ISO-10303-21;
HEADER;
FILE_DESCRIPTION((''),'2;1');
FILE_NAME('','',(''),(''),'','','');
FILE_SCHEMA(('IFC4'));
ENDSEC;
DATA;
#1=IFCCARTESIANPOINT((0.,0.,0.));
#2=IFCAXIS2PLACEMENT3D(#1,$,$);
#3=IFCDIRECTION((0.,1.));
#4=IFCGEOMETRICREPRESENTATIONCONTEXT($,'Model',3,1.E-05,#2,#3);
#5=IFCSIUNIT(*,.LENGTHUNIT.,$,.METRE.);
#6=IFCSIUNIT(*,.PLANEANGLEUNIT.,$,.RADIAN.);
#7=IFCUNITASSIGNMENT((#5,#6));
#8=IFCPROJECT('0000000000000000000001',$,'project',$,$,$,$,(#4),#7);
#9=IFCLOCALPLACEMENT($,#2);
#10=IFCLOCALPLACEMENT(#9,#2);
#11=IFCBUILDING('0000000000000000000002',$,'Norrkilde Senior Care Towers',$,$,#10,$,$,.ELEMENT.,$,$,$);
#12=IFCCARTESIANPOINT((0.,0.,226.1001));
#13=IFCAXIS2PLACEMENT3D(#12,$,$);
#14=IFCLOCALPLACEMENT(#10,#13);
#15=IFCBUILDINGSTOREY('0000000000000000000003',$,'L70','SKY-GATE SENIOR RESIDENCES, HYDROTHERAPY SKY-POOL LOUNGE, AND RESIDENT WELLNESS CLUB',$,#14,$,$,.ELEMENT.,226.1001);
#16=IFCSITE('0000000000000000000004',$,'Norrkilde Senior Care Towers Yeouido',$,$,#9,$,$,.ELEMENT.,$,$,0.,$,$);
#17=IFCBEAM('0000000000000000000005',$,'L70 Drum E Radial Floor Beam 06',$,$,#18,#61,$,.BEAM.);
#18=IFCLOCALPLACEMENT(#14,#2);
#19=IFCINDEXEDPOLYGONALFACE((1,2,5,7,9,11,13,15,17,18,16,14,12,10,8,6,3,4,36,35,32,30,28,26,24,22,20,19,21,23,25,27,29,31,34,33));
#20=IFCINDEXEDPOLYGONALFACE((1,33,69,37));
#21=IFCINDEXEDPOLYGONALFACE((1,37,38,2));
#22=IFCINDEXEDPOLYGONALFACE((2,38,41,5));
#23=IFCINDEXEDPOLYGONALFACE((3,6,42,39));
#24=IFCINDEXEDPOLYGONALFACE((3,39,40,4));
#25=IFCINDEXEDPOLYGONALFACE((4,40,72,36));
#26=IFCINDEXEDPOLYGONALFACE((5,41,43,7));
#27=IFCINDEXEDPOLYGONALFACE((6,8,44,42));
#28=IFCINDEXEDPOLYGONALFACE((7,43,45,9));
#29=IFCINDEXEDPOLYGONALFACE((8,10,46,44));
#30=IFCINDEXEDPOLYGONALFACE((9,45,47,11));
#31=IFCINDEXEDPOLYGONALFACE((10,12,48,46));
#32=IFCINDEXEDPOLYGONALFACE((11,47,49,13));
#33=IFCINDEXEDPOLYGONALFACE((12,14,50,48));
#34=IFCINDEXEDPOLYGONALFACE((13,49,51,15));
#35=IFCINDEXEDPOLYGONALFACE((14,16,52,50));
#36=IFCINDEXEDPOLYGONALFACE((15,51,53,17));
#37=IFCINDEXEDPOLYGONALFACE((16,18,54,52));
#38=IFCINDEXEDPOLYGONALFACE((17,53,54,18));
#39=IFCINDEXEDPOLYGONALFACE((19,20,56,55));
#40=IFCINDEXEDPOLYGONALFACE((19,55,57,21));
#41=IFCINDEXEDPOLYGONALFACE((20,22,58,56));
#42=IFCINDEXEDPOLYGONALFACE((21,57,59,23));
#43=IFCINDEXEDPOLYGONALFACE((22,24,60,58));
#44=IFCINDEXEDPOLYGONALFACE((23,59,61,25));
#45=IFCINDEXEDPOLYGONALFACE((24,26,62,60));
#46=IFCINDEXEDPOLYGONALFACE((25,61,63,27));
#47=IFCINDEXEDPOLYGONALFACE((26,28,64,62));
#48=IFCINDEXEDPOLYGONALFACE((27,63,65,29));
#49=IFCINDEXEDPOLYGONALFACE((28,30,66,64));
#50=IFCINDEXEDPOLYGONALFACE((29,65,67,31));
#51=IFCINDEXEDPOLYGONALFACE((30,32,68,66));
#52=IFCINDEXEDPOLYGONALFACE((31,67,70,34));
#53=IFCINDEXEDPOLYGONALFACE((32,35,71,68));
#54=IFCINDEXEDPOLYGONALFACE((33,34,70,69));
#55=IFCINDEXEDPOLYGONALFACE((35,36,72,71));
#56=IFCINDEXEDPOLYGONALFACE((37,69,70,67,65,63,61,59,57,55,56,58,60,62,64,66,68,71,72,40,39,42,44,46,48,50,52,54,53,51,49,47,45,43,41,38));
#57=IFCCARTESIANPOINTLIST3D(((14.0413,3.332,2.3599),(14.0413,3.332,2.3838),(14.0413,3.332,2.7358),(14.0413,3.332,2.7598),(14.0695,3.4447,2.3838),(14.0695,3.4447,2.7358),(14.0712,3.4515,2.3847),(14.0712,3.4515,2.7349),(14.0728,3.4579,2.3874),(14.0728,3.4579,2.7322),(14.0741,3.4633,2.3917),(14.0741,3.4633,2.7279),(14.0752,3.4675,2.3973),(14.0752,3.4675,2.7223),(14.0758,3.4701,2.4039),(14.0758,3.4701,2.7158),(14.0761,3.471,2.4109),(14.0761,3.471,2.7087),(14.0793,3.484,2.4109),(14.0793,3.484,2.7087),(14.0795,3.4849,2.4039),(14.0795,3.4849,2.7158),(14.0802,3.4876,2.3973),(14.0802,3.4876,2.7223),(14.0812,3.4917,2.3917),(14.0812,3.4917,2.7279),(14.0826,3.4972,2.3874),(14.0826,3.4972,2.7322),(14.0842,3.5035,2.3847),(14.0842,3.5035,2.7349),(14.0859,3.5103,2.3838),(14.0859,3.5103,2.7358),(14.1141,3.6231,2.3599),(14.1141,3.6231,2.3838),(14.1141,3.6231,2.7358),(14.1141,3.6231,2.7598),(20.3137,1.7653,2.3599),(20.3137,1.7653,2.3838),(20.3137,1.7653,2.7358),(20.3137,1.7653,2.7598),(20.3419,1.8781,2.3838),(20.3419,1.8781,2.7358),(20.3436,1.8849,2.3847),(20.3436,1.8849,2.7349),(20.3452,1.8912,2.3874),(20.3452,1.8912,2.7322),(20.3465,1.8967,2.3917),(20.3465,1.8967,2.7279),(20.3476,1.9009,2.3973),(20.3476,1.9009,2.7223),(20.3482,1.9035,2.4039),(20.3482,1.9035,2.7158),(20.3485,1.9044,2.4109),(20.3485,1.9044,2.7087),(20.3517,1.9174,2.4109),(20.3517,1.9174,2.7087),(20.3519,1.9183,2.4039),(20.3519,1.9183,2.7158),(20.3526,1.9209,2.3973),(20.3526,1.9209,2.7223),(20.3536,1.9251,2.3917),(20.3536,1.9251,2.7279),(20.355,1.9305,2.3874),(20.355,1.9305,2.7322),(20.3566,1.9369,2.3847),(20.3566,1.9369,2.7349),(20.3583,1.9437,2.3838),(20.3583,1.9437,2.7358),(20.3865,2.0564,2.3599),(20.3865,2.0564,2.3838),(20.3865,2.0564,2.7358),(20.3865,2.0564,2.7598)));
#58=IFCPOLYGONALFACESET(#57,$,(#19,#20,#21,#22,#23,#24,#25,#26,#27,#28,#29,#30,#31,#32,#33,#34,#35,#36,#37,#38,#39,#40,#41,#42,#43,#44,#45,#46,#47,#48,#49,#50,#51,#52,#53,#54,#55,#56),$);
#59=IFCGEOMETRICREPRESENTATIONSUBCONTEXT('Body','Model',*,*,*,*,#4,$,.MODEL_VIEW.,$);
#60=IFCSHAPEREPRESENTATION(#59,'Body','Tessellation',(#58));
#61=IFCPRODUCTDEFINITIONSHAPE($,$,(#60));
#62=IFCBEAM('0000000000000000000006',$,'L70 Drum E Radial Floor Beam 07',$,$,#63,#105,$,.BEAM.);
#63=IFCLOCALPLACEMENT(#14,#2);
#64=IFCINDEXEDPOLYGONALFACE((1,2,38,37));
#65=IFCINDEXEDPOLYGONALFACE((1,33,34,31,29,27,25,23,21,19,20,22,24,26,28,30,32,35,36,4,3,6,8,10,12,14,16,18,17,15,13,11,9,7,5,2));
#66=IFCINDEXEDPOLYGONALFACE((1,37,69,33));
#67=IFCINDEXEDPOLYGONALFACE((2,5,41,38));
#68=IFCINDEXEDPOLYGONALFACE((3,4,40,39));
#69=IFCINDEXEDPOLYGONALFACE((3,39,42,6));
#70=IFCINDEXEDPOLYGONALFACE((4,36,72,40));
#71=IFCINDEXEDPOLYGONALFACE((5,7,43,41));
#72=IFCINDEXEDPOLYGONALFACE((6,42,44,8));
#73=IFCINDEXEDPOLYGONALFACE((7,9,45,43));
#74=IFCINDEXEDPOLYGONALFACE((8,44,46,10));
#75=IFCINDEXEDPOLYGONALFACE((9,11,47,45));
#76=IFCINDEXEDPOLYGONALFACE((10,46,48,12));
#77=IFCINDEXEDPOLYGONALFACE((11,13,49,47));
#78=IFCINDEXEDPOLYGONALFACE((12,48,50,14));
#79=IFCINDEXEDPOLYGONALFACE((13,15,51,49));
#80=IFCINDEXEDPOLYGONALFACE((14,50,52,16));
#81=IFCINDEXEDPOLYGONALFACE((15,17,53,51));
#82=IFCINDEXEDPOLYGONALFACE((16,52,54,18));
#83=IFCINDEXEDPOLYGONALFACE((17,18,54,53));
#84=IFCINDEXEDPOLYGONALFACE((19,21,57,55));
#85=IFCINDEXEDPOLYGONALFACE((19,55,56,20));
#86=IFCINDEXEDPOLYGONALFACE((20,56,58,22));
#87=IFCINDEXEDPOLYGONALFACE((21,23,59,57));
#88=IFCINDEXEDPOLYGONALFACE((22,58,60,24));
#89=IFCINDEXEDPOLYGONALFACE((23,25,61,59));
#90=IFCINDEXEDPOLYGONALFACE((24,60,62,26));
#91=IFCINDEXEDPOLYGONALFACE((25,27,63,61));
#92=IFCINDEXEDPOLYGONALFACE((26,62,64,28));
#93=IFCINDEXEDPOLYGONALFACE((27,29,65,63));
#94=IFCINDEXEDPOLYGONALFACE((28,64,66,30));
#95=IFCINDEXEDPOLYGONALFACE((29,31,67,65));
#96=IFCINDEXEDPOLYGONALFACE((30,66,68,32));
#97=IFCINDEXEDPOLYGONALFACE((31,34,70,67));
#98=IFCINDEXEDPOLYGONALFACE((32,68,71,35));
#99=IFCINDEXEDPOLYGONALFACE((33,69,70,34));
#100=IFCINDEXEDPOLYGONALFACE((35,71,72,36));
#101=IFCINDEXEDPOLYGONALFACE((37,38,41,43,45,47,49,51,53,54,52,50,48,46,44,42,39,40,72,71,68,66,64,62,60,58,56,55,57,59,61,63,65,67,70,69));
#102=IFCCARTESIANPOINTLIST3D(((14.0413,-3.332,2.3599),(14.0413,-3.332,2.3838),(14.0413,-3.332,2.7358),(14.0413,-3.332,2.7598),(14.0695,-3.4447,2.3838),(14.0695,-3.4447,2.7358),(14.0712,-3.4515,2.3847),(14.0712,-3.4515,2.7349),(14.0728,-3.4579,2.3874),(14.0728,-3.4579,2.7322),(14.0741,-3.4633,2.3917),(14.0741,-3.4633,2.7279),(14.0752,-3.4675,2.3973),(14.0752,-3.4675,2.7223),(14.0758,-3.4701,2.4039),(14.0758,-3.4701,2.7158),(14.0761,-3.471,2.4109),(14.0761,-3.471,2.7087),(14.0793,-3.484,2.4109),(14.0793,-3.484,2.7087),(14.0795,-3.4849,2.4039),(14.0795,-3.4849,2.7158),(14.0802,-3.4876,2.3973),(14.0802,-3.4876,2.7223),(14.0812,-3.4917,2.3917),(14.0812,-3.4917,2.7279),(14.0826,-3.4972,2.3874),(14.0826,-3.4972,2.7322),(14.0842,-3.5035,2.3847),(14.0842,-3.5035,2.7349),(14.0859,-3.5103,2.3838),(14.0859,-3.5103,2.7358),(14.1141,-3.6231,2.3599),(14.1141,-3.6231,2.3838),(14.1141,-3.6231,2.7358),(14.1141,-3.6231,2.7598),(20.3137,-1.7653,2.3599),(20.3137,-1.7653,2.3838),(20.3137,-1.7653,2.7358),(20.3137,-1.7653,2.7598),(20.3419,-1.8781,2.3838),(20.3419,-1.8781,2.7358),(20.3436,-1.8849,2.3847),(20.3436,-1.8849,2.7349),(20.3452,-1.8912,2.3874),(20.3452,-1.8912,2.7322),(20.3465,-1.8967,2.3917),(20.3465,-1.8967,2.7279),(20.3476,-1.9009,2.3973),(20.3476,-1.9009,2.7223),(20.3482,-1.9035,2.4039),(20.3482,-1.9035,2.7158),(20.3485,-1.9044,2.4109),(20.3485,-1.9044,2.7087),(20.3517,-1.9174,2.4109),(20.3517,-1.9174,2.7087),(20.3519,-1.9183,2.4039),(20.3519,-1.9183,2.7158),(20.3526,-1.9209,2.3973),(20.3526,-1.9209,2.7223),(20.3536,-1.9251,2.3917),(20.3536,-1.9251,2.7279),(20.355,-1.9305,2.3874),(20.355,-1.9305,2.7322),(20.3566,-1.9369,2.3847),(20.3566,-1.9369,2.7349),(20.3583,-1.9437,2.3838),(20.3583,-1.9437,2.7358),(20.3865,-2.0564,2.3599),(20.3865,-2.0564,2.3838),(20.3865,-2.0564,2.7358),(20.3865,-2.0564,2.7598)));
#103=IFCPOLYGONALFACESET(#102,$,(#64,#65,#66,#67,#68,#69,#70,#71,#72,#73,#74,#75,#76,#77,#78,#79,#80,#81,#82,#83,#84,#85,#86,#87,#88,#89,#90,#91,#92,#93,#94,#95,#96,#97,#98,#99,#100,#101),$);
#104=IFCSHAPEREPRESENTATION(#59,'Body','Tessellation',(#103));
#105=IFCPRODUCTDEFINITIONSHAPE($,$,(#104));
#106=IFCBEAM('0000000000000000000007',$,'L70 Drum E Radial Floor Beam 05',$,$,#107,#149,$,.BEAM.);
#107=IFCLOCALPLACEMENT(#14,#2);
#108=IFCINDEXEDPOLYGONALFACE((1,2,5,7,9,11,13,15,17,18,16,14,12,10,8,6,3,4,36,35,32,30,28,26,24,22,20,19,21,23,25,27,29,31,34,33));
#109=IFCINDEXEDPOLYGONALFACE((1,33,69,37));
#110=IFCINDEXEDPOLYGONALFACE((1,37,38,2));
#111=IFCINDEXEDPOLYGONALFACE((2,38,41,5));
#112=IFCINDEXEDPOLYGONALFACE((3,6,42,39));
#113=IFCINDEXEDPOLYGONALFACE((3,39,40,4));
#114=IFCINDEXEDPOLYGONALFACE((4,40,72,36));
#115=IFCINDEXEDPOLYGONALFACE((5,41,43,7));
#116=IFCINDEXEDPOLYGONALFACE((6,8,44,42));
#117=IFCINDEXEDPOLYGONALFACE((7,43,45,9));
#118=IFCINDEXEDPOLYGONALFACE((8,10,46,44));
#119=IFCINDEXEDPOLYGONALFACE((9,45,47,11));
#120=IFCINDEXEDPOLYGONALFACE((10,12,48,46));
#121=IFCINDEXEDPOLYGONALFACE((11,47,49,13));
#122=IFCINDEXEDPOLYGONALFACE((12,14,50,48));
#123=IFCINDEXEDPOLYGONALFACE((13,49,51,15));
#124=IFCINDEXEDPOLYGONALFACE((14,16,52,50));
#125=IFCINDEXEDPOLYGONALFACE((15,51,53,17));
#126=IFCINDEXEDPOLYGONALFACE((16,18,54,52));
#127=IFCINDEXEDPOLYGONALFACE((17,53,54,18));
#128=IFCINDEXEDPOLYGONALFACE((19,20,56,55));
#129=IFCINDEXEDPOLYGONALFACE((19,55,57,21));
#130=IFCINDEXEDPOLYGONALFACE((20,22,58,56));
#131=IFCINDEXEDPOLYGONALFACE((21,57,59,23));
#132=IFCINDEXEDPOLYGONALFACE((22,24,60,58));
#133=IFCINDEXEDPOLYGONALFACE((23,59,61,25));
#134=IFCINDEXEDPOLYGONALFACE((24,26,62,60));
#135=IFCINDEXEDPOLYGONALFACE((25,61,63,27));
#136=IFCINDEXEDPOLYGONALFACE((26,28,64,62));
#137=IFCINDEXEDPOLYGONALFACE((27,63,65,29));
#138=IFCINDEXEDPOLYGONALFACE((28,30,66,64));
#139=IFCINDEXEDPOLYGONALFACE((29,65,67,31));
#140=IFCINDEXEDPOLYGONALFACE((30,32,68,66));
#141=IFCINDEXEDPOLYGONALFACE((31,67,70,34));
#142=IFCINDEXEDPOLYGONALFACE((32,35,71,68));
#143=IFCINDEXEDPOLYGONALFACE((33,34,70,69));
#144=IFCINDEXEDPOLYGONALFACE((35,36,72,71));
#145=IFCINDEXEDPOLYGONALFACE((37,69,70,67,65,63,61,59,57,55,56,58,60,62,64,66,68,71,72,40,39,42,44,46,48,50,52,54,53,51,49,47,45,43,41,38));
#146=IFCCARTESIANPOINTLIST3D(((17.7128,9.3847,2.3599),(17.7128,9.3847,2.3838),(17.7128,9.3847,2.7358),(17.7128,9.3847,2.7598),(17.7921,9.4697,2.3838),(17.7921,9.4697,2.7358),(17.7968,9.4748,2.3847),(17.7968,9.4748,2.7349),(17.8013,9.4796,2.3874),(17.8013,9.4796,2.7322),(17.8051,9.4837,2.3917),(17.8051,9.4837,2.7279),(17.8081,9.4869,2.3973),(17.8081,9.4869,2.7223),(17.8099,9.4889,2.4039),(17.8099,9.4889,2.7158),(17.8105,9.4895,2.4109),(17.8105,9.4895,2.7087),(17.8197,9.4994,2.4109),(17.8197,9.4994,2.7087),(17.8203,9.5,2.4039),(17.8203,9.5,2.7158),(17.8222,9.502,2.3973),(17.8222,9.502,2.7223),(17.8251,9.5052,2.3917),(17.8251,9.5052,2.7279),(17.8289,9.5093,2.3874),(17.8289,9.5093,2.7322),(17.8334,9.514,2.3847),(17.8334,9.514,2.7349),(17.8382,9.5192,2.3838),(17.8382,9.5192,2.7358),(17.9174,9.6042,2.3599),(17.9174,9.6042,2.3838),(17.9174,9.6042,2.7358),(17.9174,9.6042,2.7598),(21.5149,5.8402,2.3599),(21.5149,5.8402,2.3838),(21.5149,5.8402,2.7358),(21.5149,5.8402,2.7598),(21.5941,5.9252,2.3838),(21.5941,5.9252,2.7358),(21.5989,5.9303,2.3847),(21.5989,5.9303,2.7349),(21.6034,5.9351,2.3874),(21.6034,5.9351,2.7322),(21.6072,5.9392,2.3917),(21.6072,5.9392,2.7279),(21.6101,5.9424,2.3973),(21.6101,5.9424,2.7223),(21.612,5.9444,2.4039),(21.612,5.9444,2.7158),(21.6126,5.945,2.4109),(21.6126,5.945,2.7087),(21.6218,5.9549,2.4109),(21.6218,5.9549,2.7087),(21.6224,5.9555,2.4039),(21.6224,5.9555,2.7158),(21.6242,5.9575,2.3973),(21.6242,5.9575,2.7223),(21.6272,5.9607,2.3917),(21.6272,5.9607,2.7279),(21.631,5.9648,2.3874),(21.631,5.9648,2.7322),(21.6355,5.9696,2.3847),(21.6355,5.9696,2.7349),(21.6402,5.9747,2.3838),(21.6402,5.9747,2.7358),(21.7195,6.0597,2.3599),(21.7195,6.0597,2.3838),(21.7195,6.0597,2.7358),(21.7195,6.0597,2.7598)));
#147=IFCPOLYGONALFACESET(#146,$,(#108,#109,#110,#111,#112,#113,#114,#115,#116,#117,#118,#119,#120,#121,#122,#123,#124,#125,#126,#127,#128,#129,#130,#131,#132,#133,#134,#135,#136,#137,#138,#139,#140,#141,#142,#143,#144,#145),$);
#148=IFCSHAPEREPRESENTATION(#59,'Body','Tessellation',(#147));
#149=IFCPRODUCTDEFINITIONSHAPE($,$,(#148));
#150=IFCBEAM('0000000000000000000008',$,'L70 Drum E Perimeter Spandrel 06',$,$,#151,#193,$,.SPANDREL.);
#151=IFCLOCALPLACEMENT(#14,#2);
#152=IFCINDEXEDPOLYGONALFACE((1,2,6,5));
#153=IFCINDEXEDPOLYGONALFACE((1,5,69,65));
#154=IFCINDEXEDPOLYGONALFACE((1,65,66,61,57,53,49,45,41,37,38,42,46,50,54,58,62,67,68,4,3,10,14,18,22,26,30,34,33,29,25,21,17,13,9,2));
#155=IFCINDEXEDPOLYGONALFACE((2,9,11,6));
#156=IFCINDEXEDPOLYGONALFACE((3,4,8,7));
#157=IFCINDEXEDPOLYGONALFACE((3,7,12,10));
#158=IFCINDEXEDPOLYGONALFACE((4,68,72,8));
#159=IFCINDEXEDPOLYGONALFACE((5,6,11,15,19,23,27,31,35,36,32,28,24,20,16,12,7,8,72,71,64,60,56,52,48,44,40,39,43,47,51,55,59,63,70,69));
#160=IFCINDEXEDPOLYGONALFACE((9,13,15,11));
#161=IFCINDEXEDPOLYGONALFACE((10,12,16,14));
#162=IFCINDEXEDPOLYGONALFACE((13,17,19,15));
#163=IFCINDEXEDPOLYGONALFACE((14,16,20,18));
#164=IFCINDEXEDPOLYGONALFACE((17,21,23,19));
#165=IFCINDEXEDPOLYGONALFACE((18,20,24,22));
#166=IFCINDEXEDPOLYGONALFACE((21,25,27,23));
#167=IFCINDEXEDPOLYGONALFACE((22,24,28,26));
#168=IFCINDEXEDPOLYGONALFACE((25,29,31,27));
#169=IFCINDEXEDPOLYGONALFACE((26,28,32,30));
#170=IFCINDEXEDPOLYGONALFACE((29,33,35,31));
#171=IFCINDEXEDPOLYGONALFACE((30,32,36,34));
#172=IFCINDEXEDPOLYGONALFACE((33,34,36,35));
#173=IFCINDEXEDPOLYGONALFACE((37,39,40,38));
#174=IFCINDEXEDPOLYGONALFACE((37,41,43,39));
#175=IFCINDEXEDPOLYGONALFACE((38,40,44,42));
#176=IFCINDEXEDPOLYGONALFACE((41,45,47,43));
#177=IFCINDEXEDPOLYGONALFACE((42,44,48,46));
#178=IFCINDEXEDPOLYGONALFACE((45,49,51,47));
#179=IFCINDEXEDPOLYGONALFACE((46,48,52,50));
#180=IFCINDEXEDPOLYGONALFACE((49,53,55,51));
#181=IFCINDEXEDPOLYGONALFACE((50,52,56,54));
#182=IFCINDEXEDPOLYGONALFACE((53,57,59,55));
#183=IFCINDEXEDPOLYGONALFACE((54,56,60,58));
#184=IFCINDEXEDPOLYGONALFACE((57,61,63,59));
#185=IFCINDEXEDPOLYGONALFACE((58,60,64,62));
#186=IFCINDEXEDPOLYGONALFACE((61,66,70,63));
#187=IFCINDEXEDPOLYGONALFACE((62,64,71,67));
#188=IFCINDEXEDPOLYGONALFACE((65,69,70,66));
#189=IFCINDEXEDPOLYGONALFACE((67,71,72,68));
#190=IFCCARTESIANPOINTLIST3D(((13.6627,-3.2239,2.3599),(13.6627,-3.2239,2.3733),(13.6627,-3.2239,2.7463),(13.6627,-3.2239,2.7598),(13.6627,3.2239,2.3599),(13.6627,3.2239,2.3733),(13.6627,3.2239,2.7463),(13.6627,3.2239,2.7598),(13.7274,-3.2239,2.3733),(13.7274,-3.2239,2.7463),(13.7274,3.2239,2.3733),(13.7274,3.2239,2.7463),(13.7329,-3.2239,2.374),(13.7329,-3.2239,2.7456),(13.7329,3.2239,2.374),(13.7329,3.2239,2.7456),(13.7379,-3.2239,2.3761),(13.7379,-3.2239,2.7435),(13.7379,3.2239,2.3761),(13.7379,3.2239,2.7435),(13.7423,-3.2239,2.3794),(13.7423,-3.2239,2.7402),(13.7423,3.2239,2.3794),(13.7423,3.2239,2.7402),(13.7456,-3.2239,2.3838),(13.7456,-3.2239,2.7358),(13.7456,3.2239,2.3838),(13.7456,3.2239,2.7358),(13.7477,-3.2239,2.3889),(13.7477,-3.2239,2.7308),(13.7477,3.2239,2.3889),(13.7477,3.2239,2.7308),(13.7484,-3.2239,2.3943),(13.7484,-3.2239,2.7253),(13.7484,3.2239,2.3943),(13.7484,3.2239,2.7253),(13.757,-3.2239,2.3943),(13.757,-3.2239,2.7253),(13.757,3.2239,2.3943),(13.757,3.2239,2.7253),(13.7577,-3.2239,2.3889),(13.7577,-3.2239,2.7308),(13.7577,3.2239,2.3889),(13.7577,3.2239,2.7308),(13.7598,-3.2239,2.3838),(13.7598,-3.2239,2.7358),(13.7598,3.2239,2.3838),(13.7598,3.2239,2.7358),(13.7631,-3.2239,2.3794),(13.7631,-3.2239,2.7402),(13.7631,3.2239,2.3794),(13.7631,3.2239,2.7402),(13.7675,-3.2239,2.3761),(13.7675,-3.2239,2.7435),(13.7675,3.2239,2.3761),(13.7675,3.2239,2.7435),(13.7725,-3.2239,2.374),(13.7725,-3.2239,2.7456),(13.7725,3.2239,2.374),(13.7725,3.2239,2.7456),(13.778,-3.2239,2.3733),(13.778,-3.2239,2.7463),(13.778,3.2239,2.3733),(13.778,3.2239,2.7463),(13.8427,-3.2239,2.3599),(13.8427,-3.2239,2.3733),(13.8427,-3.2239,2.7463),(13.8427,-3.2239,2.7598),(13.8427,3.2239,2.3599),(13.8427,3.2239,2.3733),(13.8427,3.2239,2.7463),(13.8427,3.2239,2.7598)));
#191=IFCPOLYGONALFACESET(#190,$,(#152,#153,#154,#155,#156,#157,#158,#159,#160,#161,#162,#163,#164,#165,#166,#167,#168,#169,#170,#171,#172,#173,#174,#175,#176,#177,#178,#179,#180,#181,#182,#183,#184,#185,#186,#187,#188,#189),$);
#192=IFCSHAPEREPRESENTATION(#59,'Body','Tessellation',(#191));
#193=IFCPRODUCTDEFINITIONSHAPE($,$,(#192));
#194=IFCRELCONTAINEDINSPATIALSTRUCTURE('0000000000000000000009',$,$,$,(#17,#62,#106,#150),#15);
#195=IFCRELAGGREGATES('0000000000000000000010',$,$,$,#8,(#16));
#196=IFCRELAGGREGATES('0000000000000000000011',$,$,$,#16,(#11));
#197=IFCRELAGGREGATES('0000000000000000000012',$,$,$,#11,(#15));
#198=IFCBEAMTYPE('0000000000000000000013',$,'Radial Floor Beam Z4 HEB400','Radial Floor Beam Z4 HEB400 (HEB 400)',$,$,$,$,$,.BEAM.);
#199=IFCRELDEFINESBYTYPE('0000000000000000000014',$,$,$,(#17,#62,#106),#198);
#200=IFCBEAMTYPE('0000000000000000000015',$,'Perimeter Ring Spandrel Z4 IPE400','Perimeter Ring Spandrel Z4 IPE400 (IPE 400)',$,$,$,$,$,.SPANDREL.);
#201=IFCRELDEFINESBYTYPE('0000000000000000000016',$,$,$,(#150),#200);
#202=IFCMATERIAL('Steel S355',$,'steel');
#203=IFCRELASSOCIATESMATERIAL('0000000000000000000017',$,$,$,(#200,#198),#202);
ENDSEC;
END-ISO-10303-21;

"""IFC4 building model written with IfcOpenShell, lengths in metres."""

from ifc_helpers import new_model, si_unit, direction, frame, origin, origin_2d, place, context, subcontext, project, spatial, i_section, extrude, source, transform, mapped, material, material_profile, profile_set, type_object, type_shapes, element, save


model = new_model("IFC4")

# Units and contexts
model_context = context("Model", 3, precision=1e-05, world=origin(), true_north=direction((0.0, 1.0)))
body_context = subcontext(model_context, "Body", "Model", "MODEL_VIEW")
ifc_project = project(units=[si_unit("LENGTHUNIT", "METRE"), si_unit("PLANEANGLEUNIT", "RADIAN")], contexts=[model_context])

# Site, building, storey
site_placement = place(None, origin())
site = spatial("IfcSite", under=ifc_project, at=site_placement, Name="Norrkilde Senior Care Towers Yeouido", CompositionType="ELEMENT", RefElevation=0.0)
building_placement = place(site_placement, origin())
building = spatial("IfcBuilding", under=site, at=building_placement, Name="Norrkilde Senior Care Towers", CompositionType="ELEMENT")
storey_placement = place(building_placement, frame((0.0, 0.0, 226.1001)))
storey = spatial("IfcBuildingStorey", under=building, at=storey_placement, Name="L70", Description="SKY-GATE SENIOR RESIDENCES, HYDROTHERAPY SKY-POOL LOUNGE, AND RESIDENT WELLNESS CLUB", CompositionType="ELEMENT", Elevation=226.1001)

# Beams
ifc_material_1 = material(Name="Steel S355", Category="steel")
ifc_material_profile_1 = material_profile(ifc_material_1, i_section(OverallWidth=0.1799, OverallDepth=0.3999, WebThickness=0.0085, FlangeThickness=0.0134, FilletRadius=0.021, at=origin_2d()), Name="IPE 400")
ifc_profile_set_1 = profile_set([ifc_material_profile_1], Name="Steel S355")
beam_type_1 = type_object("IfcBeamType", Name="Perimeter Ring Spandrel Z4 IPE400", Description="Perimeter Ring Spandrel Z4 IPE400 (IPE 400)", PredefinedType="SPANDREL", material=ifc_profile_set_1)
ifc_material_profile_2 = material_profile(ifc_material_1, i_section(OverallWidth=0.3, OverallDepth=0.3999, WebThickness=0.0134, FlangeThickness=0.0239, FilletRadius=0.0271, at=origin_2d()), Name="HEB 400")
ifc_profile_set_2 = profile_set([ifc_material_profile_2], Name="Steel S355")
beam_type_2 = type_object("IfcBeamType", Name="Radial Floor Beam Z4 HEB400", Description="Radial Floor Beam Z4 HEB400 (HEB 400)", PredefinedType="BEAM", material=ifc_profile_set_2)
shared_shape_1 = source(origin(), body_context, "Body", "SweptSolid", [
    extrude(i_section(OverallWidth=0.3, OverallDepth=0.3999, WebThickness=0.0134, FlangeThickness=0.0239, FilletRadius=0.0271, at=origin_2d()), origin(), (0.0, 0.0, 1.0), 6.4651),
])
for number, where, z_axis, x_axis, name in (
    (1, (20.3501, 1.9109, 2.5598), (-0.970196, 0.242322, 0.0), (-0.242322, -0.970196, 0.0), "L70 Drum E Radial Floor Beam 06"),
    (2, (20.3501, -1.9109, 2.5598), (-0.970196, -0.242322, 0.0), (0.242322, -0.970196, 0.0), "L70 Drum E Radial Floor Beam 07"),
):
    element("IfcBeam", number, at=place(storey_placement, frame(where, z_axis=z_axis, x_axis=x_axis)), inside=storey, type_object=beam_type_2, Name=name, PredefinedType="BEAM", context=body_context, shape_type="MappedRepresentation", body=[
        mapped(shared_shape_1, transform((0.0, 0.0, 0.0), x_axis=(1.0, 0.0, 0.0), y_axis=(0.0, 1.0, 0.0), z_axis=(0.0, 0.0, 1.0), scale=1.0)),
    ])
shared_shape_2 = source(origin(), body_context, "Body", "SweptSolid", [
    extrude(i_section(OverallWidth=0.3, OverallDepth=0.3999, WebThickness=0.0134, FlangeThickness=0.0239, FilletRadius=0.0271, at=origin_2d()), origin(), (0.0, 0.0, 1.0), 5.198),
])
type_shapes(beam_type_2, [shared_shape_1, shared_shape_2])
beam_1_placement = place(storey_placement, frame((21.6172, 5.95, 2.5598), z_axis=(-0.731449, 0.681896, 0.0), x_axis=(-0.681896, -0.731449, 0.0)))
element("IfcBeam", 3, at=beam_1_placement, inside=storey, type_object=beam_type_2, Name="L70 Drum E Radial Floor Beam 05", PredefinedType="BEAM", context=body_context, shape_type="MappedRepresentation", body=[
    mapped(shared_shape_2, transform((0.0, 0.0, 0.0), x_axis=(1.0, 0.0, 0.0), y_axis=(0.0, 1.0, 0.0), z_axis=(0.0, 0.0, 1.0), scale=1.0)),
])
shared_shape_3 = source(origin(), body_context, "Body", "SweptSolid", [
    extrude(i_section(OverallWidth=0.1799, OverallDepth=0.3999, WebThickness=0.0085, FlangeThickness=0.0134, FilletRadius=0.021, at=origin_2d()), origin(), (0.0, 0.0, 1.0), 6.4478),
])
beam_2_placement = place(storey_placement, frame((13.7527, 3.2239, 2.5598), z_axis=(0.0, -1.0, 0.0), x_axis=(1.0, 0.0, 0.0)))
element("IfcBeam", 4, at=beam_2_placement, inside=storey, type_object=beam_type_1, Name="L70 Drum E Perimeter Spandrel 06", PredefinedType="SPANDREL", context=body_context, shape_type="MappedRepresentation", body=[
    mapped(shared_shape_3, transform((0.0, 0.0, 0.0), x_axis=(1.0, 0.0, 0.0), y_axis=(0.0, 1.0, 0.0), z_axis=(0.0, 0.0, 1.0), scale=1.0)),
])

save(model, "model.ifc")
